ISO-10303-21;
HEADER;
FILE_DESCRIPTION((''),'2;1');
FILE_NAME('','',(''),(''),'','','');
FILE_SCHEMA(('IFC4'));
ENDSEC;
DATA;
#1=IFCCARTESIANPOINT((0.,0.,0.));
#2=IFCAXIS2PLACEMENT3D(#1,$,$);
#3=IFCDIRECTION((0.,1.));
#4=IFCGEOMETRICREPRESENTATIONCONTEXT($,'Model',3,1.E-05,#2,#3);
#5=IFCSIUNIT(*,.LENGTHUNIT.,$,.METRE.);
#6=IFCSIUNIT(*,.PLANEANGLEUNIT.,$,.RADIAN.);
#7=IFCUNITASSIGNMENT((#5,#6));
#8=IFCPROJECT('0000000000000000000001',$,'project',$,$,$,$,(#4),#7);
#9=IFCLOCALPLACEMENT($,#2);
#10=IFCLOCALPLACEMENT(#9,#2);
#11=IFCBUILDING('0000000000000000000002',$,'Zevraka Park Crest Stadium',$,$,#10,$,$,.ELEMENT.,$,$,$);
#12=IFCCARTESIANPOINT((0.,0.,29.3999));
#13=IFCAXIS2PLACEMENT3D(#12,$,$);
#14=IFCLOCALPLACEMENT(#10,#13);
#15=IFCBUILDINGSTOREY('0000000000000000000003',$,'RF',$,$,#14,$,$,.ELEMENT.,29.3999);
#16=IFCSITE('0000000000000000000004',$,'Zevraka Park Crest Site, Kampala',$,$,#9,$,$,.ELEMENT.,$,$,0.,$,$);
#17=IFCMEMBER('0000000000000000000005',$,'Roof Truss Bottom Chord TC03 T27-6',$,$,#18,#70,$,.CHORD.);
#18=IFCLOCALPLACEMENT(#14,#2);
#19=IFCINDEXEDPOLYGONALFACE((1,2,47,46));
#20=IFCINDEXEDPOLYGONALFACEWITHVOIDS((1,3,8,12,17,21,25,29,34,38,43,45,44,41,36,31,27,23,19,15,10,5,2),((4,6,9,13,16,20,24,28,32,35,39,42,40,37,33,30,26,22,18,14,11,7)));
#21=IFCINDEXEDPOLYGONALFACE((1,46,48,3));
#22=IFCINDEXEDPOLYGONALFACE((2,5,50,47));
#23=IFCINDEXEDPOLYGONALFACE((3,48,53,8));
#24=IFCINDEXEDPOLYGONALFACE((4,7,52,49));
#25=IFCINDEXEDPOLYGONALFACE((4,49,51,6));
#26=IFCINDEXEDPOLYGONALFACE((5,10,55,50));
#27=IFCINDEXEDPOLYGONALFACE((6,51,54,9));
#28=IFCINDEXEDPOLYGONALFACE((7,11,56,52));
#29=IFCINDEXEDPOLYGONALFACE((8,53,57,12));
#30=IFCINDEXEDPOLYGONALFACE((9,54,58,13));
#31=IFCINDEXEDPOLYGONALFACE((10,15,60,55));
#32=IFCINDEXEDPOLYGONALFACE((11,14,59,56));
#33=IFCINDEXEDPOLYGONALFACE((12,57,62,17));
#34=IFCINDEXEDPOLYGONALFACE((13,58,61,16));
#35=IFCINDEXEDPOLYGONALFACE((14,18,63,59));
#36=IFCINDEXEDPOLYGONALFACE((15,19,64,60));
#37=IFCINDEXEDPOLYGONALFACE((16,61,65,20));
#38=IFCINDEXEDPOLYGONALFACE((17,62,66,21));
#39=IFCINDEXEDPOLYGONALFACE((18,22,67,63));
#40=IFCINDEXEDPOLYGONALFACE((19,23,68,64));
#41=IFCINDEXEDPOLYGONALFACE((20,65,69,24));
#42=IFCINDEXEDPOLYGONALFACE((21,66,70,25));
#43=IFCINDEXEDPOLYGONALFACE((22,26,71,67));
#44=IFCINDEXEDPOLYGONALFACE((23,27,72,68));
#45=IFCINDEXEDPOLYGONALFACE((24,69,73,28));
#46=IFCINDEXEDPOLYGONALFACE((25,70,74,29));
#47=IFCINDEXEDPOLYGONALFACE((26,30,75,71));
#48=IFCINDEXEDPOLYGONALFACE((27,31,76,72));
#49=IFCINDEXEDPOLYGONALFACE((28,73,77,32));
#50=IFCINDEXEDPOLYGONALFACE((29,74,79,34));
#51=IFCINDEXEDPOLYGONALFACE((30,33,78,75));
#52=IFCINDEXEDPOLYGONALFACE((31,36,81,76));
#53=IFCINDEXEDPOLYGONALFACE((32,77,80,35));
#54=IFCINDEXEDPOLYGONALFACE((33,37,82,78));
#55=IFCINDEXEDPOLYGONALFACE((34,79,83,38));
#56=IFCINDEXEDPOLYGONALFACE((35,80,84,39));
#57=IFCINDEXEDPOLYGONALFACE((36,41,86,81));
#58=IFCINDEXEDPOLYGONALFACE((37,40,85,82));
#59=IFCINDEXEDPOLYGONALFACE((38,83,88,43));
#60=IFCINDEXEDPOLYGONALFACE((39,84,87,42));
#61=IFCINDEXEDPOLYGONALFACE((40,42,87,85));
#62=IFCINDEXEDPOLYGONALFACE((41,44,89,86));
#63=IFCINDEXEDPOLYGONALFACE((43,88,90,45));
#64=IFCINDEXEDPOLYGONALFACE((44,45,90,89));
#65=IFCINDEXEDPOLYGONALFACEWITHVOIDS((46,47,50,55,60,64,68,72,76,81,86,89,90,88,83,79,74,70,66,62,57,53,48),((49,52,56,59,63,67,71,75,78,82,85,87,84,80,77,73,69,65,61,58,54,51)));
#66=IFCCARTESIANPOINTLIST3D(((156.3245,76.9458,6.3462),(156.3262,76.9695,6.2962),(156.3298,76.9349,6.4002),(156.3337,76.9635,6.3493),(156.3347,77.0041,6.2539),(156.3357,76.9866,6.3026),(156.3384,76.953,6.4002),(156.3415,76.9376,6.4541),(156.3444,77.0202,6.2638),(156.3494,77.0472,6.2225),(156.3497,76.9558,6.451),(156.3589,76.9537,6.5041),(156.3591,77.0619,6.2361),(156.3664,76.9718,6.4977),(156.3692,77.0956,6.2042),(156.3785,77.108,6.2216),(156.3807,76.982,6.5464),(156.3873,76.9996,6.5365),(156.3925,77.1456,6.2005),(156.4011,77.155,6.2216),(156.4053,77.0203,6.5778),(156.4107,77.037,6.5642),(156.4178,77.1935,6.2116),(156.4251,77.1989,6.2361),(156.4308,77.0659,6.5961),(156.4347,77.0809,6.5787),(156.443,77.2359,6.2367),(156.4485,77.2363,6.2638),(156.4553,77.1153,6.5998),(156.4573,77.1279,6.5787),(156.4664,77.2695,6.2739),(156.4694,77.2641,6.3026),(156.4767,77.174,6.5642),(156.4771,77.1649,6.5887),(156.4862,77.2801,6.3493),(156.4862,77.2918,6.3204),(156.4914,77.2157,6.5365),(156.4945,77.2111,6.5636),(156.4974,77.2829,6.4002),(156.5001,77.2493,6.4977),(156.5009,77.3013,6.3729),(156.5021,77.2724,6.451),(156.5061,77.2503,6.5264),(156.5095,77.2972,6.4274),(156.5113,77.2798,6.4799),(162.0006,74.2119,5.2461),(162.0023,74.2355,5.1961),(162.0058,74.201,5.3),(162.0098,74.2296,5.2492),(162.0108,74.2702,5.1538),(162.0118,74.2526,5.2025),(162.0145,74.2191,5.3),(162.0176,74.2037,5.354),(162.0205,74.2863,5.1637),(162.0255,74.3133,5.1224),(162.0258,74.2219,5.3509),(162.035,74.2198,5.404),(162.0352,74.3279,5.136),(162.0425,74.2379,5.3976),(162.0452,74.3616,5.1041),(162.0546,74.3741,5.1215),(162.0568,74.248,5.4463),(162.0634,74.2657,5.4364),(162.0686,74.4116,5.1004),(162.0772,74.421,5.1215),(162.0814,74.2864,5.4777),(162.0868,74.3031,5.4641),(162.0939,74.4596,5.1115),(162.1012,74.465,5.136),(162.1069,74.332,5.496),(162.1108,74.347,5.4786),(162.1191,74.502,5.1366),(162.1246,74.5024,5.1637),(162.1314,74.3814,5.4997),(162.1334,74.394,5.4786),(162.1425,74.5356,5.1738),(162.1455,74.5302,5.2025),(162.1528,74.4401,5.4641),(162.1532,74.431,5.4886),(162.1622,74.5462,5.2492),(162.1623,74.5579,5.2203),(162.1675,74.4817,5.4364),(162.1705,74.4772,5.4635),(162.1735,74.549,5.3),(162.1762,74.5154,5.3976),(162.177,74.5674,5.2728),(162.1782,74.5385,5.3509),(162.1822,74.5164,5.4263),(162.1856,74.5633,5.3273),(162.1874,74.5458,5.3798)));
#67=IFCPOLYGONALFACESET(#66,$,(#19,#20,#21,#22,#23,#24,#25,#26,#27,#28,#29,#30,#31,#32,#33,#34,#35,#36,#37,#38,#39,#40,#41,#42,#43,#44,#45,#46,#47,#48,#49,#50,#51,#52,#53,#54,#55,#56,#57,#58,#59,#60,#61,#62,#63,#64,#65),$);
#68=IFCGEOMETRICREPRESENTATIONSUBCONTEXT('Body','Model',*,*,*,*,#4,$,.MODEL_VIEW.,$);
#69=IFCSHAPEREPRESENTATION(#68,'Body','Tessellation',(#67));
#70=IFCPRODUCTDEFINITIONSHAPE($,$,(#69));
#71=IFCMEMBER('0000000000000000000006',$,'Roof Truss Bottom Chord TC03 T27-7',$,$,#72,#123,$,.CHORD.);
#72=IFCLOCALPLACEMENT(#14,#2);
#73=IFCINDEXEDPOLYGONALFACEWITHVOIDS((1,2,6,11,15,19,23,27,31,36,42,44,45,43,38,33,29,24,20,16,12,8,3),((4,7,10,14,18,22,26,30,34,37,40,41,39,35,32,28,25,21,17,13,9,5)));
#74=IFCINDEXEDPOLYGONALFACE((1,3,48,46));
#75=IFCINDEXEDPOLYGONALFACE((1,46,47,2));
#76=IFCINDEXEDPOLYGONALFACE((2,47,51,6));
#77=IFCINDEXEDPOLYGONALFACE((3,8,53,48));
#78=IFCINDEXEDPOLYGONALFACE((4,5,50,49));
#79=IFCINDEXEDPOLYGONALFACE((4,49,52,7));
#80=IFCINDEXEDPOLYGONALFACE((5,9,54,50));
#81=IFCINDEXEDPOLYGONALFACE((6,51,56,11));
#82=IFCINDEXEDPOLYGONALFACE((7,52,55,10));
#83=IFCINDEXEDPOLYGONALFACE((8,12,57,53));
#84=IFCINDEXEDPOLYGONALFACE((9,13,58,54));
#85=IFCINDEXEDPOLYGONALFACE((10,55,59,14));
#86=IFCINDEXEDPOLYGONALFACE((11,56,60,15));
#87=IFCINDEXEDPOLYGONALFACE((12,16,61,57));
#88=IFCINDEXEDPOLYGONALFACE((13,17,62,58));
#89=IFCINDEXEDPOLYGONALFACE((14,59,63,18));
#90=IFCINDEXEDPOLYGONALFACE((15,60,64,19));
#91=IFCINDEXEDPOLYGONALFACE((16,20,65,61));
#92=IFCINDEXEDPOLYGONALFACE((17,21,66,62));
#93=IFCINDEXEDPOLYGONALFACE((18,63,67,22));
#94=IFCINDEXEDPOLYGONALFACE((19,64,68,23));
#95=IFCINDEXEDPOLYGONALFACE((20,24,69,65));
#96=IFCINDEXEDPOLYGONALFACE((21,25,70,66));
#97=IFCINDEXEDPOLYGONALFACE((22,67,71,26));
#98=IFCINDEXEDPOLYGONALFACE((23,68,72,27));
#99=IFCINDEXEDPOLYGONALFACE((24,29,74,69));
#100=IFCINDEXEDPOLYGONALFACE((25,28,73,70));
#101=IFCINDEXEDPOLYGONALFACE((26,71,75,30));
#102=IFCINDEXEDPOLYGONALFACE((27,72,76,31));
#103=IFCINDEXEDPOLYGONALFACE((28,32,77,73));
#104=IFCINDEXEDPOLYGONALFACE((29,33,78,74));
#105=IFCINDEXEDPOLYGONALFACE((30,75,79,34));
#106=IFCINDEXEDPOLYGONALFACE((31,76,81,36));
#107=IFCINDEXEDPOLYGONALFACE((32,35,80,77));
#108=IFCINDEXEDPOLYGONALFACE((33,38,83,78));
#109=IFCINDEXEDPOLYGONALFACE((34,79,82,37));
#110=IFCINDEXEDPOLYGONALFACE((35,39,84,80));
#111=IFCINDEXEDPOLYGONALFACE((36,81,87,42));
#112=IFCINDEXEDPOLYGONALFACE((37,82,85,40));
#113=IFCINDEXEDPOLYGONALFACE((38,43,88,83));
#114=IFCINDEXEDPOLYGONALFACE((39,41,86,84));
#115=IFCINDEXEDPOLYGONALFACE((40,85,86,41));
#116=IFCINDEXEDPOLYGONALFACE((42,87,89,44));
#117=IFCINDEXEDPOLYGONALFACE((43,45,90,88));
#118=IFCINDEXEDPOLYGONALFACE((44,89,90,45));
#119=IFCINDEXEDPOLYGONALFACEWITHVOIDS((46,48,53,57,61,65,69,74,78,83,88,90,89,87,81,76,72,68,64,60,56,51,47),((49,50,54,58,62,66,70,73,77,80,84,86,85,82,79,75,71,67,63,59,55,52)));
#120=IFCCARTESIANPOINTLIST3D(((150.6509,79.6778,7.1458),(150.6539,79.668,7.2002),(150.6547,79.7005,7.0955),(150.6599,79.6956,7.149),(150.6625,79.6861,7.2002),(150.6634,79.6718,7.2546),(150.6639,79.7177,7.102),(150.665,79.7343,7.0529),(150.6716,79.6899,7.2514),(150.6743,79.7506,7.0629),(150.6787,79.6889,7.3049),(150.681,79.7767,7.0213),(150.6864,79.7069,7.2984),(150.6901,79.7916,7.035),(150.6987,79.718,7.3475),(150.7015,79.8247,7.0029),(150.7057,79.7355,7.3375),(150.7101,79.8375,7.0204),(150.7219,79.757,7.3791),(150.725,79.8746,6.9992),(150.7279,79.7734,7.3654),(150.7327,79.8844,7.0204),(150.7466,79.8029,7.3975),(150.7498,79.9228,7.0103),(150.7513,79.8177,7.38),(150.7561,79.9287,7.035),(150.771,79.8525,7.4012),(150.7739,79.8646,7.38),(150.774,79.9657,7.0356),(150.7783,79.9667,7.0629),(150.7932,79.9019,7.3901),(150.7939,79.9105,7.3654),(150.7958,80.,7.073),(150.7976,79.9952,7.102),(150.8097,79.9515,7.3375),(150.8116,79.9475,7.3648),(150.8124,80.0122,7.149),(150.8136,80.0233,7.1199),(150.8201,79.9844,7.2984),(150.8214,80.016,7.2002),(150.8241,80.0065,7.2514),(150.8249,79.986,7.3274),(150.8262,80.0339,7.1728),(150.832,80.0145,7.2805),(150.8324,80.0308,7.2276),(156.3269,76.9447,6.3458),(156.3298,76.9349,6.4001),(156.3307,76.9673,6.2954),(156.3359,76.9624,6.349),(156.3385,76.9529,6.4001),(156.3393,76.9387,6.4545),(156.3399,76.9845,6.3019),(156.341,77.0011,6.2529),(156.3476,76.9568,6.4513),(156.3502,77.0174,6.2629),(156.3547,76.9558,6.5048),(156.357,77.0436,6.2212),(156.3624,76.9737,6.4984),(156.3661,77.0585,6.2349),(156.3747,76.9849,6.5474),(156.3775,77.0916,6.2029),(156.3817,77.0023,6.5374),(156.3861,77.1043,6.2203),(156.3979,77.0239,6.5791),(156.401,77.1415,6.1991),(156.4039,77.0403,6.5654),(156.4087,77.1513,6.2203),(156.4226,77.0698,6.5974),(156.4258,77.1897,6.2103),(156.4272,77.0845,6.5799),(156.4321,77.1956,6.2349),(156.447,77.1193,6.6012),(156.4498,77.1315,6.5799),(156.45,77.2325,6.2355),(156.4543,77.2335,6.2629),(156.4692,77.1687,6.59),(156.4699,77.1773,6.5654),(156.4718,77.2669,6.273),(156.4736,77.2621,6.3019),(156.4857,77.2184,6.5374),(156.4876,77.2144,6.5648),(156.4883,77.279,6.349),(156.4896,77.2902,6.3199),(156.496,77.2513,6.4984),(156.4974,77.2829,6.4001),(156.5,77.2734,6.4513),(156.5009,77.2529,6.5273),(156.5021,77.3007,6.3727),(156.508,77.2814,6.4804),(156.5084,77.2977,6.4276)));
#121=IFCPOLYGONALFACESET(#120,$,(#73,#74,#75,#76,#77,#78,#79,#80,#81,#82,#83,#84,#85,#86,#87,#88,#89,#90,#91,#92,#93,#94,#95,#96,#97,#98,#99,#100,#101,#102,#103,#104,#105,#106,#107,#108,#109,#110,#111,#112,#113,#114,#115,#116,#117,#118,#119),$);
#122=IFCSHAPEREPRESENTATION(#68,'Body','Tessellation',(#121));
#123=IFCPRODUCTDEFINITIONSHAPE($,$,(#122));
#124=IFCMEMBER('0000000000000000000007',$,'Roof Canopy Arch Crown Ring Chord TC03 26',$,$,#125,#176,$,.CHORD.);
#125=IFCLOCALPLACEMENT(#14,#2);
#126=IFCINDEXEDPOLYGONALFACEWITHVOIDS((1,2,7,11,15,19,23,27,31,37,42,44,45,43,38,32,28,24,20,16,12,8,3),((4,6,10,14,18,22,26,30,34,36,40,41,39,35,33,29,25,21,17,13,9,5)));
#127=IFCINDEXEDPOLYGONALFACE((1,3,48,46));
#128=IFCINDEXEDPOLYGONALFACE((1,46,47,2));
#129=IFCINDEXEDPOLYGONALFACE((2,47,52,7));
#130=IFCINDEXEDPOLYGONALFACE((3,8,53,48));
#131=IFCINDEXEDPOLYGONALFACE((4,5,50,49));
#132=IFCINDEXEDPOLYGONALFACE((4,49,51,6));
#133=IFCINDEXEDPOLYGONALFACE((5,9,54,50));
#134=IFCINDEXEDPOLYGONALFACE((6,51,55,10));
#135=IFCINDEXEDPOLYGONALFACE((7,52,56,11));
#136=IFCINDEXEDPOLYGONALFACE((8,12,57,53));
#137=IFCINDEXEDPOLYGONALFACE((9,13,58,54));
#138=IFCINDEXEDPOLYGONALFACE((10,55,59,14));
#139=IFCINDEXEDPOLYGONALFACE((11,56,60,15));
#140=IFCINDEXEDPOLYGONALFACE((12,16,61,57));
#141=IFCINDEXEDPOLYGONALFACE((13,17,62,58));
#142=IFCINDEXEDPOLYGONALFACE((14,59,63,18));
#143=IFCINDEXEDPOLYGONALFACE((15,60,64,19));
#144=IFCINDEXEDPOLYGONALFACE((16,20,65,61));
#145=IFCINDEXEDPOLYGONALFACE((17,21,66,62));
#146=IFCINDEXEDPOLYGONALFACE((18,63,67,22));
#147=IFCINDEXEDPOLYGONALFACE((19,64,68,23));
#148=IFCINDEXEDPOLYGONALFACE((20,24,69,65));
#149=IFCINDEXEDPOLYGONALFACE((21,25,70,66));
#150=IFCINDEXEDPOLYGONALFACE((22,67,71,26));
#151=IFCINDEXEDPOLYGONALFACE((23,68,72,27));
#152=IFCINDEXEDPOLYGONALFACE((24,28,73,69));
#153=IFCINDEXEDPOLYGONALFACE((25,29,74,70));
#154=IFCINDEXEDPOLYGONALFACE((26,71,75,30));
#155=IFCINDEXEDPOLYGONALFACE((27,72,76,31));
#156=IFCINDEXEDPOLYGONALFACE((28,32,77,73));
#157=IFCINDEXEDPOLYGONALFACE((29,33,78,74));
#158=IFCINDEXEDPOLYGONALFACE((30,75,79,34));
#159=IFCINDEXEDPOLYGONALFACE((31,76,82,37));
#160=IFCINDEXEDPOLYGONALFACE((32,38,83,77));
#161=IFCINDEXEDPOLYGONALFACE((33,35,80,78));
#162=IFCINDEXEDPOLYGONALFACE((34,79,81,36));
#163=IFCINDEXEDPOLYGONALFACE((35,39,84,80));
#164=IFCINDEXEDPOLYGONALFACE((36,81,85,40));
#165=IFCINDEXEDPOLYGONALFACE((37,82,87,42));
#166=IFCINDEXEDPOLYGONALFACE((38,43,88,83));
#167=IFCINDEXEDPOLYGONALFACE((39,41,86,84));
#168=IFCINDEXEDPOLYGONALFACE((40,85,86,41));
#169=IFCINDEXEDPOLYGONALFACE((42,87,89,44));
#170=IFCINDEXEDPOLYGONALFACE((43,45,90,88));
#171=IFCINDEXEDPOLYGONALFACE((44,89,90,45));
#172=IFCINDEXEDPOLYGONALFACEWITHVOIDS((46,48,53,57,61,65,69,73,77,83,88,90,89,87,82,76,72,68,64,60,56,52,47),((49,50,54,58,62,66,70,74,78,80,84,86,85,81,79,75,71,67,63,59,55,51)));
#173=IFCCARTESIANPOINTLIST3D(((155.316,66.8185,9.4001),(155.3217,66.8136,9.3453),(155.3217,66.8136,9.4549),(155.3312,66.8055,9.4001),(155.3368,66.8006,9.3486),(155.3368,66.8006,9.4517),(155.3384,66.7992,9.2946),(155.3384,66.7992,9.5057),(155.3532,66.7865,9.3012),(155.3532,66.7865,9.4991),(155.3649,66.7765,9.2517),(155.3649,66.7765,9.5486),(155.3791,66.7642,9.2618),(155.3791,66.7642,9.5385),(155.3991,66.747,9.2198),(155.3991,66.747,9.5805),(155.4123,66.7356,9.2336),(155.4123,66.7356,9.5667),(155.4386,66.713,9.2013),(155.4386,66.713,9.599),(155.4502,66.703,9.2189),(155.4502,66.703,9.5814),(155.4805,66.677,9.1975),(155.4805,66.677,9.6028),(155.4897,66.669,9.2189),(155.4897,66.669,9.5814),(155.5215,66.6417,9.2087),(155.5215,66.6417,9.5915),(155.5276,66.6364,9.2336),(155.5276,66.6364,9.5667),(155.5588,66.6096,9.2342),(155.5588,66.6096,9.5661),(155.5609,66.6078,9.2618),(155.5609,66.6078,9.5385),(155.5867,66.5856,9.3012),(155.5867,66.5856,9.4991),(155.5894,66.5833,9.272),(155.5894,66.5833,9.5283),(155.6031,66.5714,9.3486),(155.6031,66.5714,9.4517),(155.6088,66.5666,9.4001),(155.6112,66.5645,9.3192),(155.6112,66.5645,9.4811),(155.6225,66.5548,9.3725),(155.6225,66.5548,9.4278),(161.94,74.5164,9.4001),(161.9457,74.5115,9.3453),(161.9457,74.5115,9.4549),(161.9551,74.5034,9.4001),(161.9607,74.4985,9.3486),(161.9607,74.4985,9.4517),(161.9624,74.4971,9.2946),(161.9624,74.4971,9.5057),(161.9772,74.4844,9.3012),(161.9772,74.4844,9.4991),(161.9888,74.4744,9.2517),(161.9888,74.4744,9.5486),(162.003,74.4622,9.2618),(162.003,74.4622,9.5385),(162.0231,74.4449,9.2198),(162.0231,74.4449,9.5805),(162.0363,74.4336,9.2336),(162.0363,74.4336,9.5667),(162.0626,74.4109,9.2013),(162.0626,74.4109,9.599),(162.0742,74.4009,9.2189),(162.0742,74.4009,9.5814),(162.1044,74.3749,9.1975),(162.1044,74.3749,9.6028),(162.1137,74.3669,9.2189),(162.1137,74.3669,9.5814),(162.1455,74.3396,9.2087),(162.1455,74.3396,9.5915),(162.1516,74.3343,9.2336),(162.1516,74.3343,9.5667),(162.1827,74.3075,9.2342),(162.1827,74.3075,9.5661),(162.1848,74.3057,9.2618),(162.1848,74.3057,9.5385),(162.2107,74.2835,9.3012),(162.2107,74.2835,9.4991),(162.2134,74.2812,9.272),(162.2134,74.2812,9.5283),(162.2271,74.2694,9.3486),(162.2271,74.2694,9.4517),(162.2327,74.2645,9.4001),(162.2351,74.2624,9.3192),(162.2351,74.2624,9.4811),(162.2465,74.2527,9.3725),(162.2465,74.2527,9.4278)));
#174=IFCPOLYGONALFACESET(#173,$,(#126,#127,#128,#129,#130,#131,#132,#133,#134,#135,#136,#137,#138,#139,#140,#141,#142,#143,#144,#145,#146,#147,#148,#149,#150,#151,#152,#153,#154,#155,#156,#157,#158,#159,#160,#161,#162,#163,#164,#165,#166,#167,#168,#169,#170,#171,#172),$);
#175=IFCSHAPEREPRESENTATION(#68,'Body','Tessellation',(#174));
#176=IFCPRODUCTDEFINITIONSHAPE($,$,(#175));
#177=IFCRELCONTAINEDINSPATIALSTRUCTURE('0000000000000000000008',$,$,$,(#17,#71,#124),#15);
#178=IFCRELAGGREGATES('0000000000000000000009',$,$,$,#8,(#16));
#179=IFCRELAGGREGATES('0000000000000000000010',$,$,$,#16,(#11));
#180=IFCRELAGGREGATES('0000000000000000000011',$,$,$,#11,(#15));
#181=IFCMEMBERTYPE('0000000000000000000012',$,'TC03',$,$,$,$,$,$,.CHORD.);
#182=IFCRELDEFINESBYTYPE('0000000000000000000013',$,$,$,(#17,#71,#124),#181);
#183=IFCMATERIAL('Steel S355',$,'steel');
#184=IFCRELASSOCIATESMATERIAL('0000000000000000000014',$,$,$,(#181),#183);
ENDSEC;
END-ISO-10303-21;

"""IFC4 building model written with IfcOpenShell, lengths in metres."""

from ifc_helpers import new_model, si_unit, direction, frame, origin, origin_2d, place, context, subcontext, project, spatial, hollow_circle, extrude, material, material_profile, profile_set, type_object, element, save


model = new_model("IFC4")

# Units and contexts
model_context = context("Model", 3, precision=1e-05, world=origin(), true_north=direction((0.0, 1.0)))
body_context = subcontext(model_context, "Body", "Model", "MODEL_VIEW")
ifc_project = project(units=[si_unit("LENGTHUNIT", "METRE"), si_unit("PLANEANGLEUNIT", "RADIAN")], contexts=[model_context])

# Site, building, storey
site_placement = place(None, origin())
site = spatial("IfcSite", under=ifc_project, at=site_placement, Name="Zevraka Park Crest Site, Kampala", CompositionType="ELEMENT", RefElevation=0.0)
building_placement = place(site_placement, origin())
building = spatial("IfcBuilding", under=site, at=building_placement, Name="Zevraka Park Crest Stadium", CompositionType="ELEMENT")
storey_placement = place(building_placement, frame((0.0, 0.0, 29.3999)))
storey = spatial("IfcBuildingStorey", under=building, at=storey_placement, Name="RF", CompositionType="ELEMENT", Elevation=29.3999)

# Members
ifc_material_1 = material(Name="Steel S355", Category="steel")
ifc_material_profile_1 = material_profile(ifc_material_1, hollow_circle(Radius=0.2031, WallThickness=0.02, at=origin_2d()), Name="CHS 406.4x20")
ifc_profile_set_1 = profile_set([ifc_material_profile_1], Name="Steel S355")
member_type_1 = type_object("IfcMemberType", Name="TC03", PredefinedType="CHORD", material=ifc_profile_set_1)
member_1_placement = place(storey_placement, frame((162.094, 74.384, 5.3), z_axis=(-0.887512, 0.427475, 0.172013), x_axis=(-0.433943, -0.900941, 0.0)))
element("IfcMember", 1, at=member_1_placement, inside=storey, type_object=member_type_1, Name="Roof Truss Bottom Chord TC03 T27-6", PredefinedType="CHORD", context=body_context, shape_type="SweptSolid", body=[
    extrude(hollow_circle(Radius=0.2031, WallThickness=0.02, at=origin_2d()), origin(), (0.0, 0.0, 1.0), 6.3955),
])
member_2_placement = place(storey_placement, frame((156.418, 77.1179, 6.4001), z_axis=(-0.893807, 0.430391, 0.125984), x_axis=(-0.433848, -0.900986, 0.0)))
element("IfcMember", 2, at=member_2_placement, inside=storey, type_object=member_type_1, Name="Roof Truss Bottom Chord TC03 T27-7", PredefinedType="CHORD", context=body_context, shape_type="SweptSolid", body=[
    extrude(hollow_circle(Radius=0.2031, WallThickness=0.02, at=origin_2d()), origin(), (0.0, 0.0, 1.0), 6.3503),
])
member_3_placement = place(storey_placement, frame((155.47, 66.686, 9.4001), z_axis=(0.652251, 0.758003, 0.0), x_axis=(-0.758003, 0.652251, 0.0)))
element("IfcMember", 3, at=member_3_placement, inside=storey, type_object=member_type_1, Name="Roof Canopy Arch Crown Ring Chord TC03 26", PredefinedType="CHORD", context=body_context, shape_type="SweptSolid", body=[
    extrude(hollow_circle(Radius=0.2031, WallThickness=0.02, at=origin_2d()), origin(), (0.0, 0.0, 1.0), 10.1555),
])

save(model, "model.ifc")
